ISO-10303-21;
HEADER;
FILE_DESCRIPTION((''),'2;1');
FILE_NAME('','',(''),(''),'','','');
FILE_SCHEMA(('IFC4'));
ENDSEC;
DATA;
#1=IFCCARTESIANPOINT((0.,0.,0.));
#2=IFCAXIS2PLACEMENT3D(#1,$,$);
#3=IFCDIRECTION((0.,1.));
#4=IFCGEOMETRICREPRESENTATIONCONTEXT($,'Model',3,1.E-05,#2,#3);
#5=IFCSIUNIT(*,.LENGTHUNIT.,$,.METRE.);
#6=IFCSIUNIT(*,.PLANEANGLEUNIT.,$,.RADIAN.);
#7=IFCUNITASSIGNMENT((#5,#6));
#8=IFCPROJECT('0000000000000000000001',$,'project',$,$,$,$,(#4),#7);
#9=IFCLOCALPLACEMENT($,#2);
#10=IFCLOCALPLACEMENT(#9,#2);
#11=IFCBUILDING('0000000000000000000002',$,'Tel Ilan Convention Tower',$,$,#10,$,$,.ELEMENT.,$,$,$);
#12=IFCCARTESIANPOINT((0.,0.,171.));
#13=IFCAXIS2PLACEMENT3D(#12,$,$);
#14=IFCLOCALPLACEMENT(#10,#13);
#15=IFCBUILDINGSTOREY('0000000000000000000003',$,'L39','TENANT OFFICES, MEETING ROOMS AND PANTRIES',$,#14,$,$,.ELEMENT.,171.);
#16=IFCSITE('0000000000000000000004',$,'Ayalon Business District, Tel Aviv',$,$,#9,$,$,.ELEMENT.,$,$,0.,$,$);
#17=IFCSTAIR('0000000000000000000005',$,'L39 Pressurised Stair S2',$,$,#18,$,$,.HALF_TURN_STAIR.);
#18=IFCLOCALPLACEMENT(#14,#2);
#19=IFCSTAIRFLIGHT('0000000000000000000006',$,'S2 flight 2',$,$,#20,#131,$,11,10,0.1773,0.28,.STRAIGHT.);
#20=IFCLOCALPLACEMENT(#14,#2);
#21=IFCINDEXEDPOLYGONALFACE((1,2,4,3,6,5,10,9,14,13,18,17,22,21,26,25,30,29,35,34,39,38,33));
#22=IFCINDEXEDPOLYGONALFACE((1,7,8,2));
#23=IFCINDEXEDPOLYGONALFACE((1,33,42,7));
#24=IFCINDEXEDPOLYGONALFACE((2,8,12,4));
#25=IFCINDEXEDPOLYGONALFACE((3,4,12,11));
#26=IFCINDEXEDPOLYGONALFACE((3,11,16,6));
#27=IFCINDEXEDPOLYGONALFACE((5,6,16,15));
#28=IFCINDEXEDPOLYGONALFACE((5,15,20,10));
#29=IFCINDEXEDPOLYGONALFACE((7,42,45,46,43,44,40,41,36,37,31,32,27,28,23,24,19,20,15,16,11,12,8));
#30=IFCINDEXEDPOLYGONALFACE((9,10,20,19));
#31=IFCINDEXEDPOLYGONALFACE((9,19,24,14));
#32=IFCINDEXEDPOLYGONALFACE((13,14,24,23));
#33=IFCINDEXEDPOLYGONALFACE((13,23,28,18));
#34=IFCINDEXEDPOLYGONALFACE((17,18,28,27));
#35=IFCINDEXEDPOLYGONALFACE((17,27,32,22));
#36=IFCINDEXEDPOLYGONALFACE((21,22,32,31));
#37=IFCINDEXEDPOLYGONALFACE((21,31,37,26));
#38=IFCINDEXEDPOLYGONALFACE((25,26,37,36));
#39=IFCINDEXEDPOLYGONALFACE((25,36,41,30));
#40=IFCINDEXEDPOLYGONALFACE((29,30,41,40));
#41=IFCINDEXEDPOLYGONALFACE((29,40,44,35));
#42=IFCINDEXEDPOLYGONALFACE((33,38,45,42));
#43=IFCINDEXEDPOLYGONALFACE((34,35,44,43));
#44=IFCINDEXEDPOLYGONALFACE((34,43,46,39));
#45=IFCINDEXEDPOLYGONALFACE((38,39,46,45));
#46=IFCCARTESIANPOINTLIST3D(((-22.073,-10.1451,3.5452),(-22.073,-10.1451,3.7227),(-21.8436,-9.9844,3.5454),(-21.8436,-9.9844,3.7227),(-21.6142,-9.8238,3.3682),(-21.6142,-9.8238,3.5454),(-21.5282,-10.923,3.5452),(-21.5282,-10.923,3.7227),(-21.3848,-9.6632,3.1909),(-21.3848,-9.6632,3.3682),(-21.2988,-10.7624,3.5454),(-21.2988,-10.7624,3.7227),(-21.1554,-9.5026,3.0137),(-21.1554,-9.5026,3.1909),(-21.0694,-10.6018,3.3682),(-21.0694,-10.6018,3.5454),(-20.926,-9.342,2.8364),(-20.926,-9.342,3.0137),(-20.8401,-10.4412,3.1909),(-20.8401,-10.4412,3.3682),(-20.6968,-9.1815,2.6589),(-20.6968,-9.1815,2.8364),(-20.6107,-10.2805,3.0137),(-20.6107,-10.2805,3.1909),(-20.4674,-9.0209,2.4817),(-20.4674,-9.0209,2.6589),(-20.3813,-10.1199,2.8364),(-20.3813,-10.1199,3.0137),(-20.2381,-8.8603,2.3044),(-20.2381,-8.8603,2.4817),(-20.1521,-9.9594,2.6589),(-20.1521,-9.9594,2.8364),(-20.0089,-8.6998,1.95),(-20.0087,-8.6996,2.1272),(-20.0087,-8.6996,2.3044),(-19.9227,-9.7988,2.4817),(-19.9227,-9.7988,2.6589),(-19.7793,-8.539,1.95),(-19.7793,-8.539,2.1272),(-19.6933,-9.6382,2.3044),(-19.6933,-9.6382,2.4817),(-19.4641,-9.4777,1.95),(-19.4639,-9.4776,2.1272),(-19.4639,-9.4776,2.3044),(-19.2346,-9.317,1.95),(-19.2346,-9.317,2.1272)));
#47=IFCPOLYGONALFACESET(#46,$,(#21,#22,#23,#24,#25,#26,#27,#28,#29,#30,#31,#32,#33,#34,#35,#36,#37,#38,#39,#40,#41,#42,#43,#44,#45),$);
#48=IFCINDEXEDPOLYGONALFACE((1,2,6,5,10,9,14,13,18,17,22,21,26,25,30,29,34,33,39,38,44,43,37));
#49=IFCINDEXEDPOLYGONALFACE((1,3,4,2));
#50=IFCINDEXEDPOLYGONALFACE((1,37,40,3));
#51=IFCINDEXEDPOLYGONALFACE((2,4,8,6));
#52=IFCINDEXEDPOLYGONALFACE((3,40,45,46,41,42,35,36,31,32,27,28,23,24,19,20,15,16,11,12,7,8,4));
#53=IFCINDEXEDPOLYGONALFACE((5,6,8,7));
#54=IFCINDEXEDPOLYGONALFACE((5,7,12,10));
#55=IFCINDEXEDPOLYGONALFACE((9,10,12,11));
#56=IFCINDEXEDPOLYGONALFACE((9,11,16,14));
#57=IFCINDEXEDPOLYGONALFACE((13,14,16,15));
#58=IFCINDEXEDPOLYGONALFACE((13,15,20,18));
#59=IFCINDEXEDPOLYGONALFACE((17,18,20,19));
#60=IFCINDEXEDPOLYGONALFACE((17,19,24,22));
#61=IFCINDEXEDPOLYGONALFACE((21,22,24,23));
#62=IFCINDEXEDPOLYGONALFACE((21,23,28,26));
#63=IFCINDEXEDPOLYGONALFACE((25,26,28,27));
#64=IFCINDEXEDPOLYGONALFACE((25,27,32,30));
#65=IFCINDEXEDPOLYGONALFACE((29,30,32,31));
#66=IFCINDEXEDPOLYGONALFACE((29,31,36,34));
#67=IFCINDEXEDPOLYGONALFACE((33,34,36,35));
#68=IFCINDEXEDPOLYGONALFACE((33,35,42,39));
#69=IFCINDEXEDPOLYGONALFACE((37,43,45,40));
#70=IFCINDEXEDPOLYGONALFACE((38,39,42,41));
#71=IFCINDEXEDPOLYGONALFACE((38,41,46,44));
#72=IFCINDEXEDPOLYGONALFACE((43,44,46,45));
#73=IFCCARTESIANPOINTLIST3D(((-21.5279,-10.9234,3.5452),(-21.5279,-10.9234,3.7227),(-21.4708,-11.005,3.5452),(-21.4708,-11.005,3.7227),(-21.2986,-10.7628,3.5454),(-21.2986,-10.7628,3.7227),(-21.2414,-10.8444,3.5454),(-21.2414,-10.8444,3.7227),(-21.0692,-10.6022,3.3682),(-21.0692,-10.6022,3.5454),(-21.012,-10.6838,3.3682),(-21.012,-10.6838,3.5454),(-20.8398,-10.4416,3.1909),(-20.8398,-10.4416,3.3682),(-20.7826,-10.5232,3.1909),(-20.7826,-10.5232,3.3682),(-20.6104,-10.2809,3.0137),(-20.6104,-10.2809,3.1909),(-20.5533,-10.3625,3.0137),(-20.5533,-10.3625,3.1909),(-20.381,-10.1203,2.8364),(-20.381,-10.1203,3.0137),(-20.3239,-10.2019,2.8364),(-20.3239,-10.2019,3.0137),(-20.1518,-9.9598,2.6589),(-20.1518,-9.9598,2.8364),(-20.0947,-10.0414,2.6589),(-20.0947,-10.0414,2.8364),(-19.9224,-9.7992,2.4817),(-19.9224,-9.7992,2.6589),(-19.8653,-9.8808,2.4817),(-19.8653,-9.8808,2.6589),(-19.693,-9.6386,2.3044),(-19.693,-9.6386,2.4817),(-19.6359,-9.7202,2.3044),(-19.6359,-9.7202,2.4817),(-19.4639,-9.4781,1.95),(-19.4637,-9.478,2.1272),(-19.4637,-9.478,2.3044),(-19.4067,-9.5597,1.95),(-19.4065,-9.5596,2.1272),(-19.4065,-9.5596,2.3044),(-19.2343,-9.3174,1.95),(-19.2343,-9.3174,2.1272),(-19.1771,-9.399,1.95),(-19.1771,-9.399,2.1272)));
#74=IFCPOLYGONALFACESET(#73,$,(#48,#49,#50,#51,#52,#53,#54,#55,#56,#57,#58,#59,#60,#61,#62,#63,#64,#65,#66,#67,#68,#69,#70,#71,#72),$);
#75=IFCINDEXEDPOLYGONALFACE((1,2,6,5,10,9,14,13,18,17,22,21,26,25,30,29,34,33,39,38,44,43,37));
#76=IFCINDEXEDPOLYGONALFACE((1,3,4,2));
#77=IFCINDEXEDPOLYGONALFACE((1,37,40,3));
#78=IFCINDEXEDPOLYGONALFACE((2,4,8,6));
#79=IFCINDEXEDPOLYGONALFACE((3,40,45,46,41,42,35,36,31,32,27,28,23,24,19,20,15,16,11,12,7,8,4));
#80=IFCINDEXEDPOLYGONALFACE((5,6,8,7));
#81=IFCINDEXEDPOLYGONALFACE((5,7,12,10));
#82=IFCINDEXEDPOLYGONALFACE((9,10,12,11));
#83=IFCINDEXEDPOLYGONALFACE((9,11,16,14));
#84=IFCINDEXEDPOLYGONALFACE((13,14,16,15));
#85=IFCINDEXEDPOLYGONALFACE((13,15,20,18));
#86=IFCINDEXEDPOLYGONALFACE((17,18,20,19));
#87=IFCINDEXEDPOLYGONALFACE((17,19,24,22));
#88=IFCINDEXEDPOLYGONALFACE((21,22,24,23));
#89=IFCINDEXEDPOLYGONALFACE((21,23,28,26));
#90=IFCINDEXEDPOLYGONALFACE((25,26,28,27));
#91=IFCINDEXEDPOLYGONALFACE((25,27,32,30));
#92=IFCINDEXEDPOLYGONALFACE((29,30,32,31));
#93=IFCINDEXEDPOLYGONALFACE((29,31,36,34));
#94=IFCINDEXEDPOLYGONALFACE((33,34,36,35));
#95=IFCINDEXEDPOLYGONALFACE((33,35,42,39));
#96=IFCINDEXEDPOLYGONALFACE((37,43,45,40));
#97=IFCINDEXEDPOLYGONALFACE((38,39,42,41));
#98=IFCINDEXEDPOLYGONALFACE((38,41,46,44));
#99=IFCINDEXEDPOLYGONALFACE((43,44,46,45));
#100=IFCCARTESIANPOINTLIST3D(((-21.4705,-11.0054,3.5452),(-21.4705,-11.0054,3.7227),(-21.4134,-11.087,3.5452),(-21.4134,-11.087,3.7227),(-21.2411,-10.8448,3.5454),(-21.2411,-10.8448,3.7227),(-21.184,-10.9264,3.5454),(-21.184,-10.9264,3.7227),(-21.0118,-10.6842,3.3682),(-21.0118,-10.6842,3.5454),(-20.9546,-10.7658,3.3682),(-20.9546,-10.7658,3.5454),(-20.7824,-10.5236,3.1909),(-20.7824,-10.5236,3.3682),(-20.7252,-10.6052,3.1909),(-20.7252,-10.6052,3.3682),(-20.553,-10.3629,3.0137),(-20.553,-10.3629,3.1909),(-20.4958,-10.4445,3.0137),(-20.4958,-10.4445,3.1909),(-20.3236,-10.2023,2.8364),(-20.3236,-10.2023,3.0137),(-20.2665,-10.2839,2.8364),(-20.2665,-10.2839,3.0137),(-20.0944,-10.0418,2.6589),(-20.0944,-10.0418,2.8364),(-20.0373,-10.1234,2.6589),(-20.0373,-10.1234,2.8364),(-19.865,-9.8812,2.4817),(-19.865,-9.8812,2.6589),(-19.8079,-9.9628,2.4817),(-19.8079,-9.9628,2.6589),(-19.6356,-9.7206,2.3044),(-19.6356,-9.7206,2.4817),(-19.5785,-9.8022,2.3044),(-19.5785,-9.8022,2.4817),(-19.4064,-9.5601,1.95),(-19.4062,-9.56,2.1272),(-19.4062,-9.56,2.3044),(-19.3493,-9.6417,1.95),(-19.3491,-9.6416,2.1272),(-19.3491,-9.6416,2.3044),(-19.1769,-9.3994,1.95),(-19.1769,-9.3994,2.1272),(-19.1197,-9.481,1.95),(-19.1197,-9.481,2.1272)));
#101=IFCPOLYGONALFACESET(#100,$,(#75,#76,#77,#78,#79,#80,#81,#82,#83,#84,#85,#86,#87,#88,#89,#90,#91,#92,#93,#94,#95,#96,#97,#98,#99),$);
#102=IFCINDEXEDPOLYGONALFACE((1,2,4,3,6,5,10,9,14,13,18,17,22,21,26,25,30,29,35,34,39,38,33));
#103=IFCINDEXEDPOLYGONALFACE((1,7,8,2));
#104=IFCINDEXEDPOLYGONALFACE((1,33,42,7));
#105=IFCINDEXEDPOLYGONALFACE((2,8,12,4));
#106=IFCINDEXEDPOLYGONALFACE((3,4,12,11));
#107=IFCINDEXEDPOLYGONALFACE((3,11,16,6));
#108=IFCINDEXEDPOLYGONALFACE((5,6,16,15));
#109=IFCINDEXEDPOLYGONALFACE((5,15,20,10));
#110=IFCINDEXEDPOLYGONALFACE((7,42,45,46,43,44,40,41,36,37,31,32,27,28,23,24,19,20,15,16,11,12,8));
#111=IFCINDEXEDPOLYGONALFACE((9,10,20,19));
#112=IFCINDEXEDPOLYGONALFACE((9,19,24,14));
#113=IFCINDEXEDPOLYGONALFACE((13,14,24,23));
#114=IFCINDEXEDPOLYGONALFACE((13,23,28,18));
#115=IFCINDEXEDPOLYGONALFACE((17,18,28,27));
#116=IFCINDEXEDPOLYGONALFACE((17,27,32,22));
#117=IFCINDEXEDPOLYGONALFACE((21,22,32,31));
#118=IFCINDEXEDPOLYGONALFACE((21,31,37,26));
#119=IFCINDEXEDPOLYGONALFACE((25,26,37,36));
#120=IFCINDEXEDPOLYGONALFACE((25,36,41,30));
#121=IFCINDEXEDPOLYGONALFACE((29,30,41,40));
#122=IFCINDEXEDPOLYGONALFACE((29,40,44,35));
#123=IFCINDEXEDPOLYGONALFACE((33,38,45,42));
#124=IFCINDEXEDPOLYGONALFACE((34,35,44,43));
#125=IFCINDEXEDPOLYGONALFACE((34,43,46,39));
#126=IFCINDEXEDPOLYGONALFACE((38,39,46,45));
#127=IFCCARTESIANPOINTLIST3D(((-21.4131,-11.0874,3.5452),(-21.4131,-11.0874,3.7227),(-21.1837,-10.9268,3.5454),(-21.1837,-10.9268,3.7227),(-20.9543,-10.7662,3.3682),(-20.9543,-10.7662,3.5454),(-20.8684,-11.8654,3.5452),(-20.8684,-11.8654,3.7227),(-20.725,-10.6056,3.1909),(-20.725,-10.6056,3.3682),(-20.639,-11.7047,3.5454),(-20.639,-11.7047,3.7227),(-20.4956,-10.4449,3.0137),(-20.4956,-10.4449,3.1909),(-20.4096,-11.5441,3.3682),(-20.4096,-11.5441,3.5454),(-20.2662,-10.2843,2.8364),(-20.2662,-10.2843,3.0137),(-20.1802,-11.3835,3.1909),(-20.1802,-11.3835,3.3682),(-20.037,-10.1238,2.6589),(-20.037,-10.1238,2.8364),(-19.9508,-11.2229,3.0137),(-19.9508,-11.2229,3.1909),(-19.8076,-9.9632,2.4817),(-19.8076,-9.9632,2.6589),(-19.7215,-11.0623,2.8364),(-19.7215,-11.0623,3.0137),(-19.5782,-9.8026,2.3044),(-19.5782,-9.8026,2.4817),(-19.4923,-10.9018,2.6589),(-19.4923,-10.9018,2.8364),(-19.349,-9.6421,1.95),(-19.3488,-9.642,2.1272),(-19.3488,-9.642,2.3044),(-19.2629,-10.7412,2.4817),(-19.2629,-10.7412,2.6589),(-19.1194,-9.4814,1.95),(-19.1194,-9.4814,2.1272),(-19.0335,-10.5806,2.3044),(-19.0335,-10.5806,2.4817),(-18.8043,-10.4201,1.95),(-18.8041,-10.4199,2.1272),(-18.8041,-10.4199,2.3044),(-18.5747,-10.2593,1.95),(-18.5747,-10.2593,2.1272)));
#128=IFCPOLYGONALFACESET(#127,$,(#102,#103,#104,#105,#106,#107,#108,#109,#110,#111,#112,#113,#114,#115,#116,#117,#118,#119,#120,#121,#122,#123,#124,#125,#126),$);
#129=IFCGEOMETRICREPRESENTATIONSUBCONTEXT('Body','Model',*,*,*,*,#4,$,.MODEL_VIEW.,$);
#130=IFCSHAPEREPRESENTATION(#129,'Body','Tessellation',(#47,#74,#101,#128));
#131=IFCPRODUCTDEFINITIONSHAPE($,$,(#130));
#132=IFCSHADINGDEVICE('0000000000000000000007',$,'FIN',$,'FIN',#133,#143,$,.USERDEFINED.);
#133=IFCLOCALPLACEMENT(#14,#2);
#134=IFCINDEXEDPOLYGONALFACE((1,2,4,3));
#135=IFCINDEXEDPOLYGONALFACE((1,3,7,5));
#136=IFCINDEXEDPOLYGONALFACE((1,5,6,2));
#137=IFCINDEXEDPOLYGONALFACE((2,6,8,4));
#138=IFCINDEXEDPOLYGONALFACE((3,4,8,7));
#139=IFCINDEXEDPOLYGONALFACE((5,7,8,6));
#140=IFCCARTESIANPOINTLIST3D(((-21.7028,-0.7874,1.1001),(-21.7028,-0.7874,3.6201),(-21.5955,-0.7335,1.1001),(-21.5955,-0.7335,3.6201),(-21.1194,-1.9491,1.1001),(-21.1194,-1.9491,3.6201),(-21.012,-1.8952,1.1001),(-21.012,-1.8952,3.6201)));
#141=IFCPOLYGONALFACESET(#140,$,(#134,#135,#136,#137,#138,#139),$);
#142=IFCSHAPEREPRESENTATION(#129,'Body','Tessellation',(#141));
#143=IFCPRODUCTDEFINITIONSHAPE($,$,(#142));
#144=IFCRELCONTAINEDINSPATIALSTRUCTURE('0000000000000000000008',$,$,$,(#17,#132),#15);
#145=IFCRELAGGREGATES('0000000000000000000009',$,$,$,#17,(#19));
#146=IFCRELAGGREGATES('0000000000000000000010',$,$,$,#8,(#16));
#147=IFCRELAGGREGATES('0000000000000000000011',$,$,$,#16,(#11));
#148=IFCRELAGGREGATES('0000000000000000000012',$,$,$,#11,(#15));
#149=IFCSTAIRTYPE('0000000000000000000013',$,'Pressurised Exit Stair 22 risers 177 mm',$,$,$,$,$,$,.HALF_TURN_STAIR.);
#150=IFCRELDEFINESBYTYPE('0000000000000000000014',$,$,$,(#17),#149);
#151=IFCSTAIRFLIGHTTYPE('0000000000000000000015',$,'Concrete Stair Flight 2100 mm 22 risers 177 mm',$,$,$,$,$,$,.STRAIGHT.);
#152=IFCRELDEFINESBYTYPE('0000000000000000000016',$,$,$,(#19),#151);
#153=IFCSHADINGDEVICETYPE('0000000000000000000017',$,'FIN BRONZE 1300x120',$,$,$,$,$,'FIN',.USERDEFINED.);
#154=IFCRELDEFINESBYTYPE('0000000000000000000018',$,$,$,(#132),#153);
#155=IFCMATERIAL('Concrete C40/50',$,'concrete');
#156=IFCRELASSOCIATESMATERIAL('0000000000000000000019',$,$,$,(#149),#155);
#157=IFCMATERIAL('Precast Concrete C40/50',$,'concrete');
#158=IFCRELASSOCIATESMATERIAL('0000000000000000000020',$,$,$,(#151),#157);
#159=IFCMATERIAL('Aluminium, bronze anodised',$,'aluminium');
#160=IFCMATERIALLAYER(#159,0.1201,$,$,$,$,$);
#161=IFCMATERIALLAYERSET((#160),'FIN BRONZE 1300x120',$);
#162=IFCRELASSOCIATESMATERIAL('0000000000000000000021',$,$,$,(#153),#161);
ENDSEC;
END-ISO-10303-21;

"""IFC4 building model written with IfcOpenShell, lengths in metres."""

from ifc_helpers import new_model, si_unit, direction, frame, origin, origin_2d, place, context, subcontext, project, spatial, polyline, rectangle, outline, extrude, material, layer, layer_set, type_object, element, aggregate, save


model = new_model("IFC4")

# Units and contexts
model_context = context("Model", 3, precision=1e-05, world=origin(), true_north=direction((0.0, 1.0)))
body_context = subcontext(model_context, "Body", "Model", "MODEL_VIEW")
ifc_project = project(units=[si_unit("LENGTHUNIT", "METRE"), si_unit("PLANEANGLEUNIT", "RADIAN")], contexts=[model_context])

# Site, building, storey
site_placement = place(None, origin())
site = spatial("IfcSite", under=ifc_project, at=site_placement, Name="Ayalon Business District, Tel Aviv", CompositionType="ELEMENT", RefElevation=0.0)
building_placement = place(site_placement, origin())
building = spatial("IfcBuilding", under=site, at=building_placement, Name="Tel Ilan Convention Tower", CompositionType="ELEMENT")
storey_placement = place(building_placement, frame((0.0, 0.0, 171.0)))
storey = spatial("IfcBuildingStorey", under=building, at=storey_placement, Name="L39", Description="TENANT OFFICES, MEETING ROOMS AND PANTRIES", CompositionType="ELEMENT", Elevation=171.0)

# Stair, stair flight
ifc_material_1 = material(Name="Concrete C40/50", Category="concrete")
stair_type = type_object("IfcStairType", Name="Pressurised Exit Stair 22 risers 177 mm", PredefinedType="HALF_TURN_STAIR", material=ifc_material_1)
ifc_material_2 = material(Name="Precast Concrete C40/50", Category="concrete")
stair_flight_type = type_object("IfcStairFlightType", Name="Concrete Stair Flight 2100 mm 22 risers 177 mm", PredefinedType="STRAIGHT", material=ifc_material_2)
stair_1_placement = place(storey_placement, origin())
stair_1 = element("IfcStair", 1, at=stair_1_placement, inside=storey, type_object=stair_type, Name="L39 Pressurised Stair S2", PredefinedType="HALF_TURN_STAIR")
stair_flight_1_placement = place(storey_placement, frame((-19.177, -9.3992, 1.95), z_axis=(0.0, 0.0, 1.0), x_axis=(-0.819152, -0.573576, 0.0)))
stair_flight_1 = element("IfcStairFlight", 2, at=stair_flight_1_placement, type_object=stair_flight_type, Name="S2 flight 2", NumberOfRisers=11, NumberOfTreads=10, PredefinedType="STRAIGHT", RiserHeight=0.1773, TreadLength=0.28, context=body_context, shape_type="SweptSolid", body=[
    extrude(outline(polyline([(0.0, 0.0), (0.0, 0.1772), (0.28, 0.1772), (0.28, 0.3545), (0.5601, 0.3545), (0.5601, 0.5317), (0.8401, 0.5317), (0.8401, 0.709), (1.1201, 0.709), (1.1201, 0.8865), (1.3999, 0.8865), (1.3999, 1.0637), (1.6799, 1.0637), (1.6799, 1.241), (1.96, 1.241), (1.96, 1.4182), (2.24, 1.4182), (2.24, 1.5955), (2.52, 1.5955), (2.52, 1.7727), (2.8, 1.7727), (2.8, 1.95), (2.8, 1.5952), (0.2803, 0.0), (0.0, 0.0)])), frame((0.0, -0.1003, 0.0), z_axis=(0.0, -1.0, 0.0), x_axis=(1.0, 0.0, 0.0)), (0.0, 0.0, 1.0), 0.9497),
    extrude(outline(polyline([(0.0, 0.0), (0.0, 0.1772), (0.28, 0.1772), (0.28, 0.3545), (0.5601, 0.3545), (0.5601, 0.5317), (0.8401, 0.5317), (0.8401, 0.709), (1.1201, 0.709), (1.1201, 0.8865), (1.3999, 0.8865), (1.3999, 1.0637), (1.6799, 1.0637), (1.6799, 1.241), (1.96, 1.241), (1.96, 1.4182), (2.24, 1.4182), (2.24, 1.5955), (2.52, 1.5955), (2.52, 1.7727), (2.8, 1.7727), (2.8, 1.95), (2.8, 1.5952), (0.2803, 0.0), (0.0, 0.0)])), frame((0.0, -0.0002, 0.0), z_axis=(0.0, -1.0, 0.0), x_axis=(1.0, 0.0, 0.0)), (0.0, 0.0, 1.0), 0.0996),
    extrude(outline(polyline([(0.0, 0.0), (0.0, 0.1772), (0.28, 0.1772), (0.28, 0.3545), (0.5601, 0.3545), (0.5601, 0.5317), (0.8401, 0.5317), (0.8401, 0.709), (1.1201, 0.709), (1.1201, 0.8865), (1.3999, 0.8865), (1.3999, 1.0637), (1.6799, 1.0637), (1.6799, 1.241), (1.96, 1.241), (1.96, 1.4182), (2.24, 1.4182), (2.24, 1.5955), (2.52, 1.5955), (2.52, 1.7727), (2.8, 1.7727), (2.8, 1.95), (2.8, 1.5952), (0.2803, 0.0), (0.0, 0.0)])), frame((0.0, 0.0999, 0.0), z_axis=(0.0, -1.0, 0.0), x_axis=(1.0, 0.0, 0.0)), (0.0, 0.0, 1.0), 0.0996),
    extrude(outline(polyline([(0.0, 0.0), (0.0, 0.1772), (0.28, 0.1772), (0.28, 0.3545), (0.5601, 0.3545), (0.5601, 0.5317), (0.8401, 0.5317), (0.8401, 0.709), (1.1201, 0.709), (1.1201, 0.8865), (1.3999, 0.8865), (1.3999, 1.0637), (1.6799, 1.0637), (1.6799, 1.241), (1.96, 1.241), (1.96, 1.4182), (2.24, 1.4182), (2.24, 1.5955), (2.52, 1.5955), (2.52, 1.7727), (2.8, 1.7727), (2.8, 1.95), (2.8, 1.5952), (0.2803, 0.0), (0.0, 0.0)])), frame((0.0, 1.05, 0.0), z_axis=(0.0, -1.0, 0.0), x_axis=(1.0, 0.0, 0.0)), (0.0, 0.0, 1.0), 0.9497),
])
aggregate(stair_1, [stair_flight_1])

# Shading device
ifc_material_3 = material(Name="Aluminium, bronze anodised", Category="aluminium")
ifc_layer_1 = layer(ifc_material_3, 0.1201)
ifc_layer_set_1 = layer_set([ifc_layer_1], Name="FIN BRONZE 1300x120")
shading_device_type = type_object("IfcShadingDeviceType", Name="FIN BRONZE 1300x120", ElementType="FIN", PredefinedType="USERDEFINED", material=ifc_layer_set_1)
shading_device_placement = place(storey_placement, frame((-21.3574, -1.3413, 1.1001), z_axis=(0.0, 0.0, 1.0), x_axis=(-0.448799, 0.893633, 0.0)))
element("IfcShadingDevice", 3, at=shading_device_placement, inside=storey, type_object=shading_device_type, Name="FIN", ObjectType="FIN", PredefinedType="USERDEFINED", context=body_context, shape_type="SweptSolid", body=[
    extrude(rectangle(XDim=1.3, YDim=0.1201, at=origin_2d()), origin(), (0.0, 0.0, 1.0), 2.52),
])

save(model, "model.ifc")
